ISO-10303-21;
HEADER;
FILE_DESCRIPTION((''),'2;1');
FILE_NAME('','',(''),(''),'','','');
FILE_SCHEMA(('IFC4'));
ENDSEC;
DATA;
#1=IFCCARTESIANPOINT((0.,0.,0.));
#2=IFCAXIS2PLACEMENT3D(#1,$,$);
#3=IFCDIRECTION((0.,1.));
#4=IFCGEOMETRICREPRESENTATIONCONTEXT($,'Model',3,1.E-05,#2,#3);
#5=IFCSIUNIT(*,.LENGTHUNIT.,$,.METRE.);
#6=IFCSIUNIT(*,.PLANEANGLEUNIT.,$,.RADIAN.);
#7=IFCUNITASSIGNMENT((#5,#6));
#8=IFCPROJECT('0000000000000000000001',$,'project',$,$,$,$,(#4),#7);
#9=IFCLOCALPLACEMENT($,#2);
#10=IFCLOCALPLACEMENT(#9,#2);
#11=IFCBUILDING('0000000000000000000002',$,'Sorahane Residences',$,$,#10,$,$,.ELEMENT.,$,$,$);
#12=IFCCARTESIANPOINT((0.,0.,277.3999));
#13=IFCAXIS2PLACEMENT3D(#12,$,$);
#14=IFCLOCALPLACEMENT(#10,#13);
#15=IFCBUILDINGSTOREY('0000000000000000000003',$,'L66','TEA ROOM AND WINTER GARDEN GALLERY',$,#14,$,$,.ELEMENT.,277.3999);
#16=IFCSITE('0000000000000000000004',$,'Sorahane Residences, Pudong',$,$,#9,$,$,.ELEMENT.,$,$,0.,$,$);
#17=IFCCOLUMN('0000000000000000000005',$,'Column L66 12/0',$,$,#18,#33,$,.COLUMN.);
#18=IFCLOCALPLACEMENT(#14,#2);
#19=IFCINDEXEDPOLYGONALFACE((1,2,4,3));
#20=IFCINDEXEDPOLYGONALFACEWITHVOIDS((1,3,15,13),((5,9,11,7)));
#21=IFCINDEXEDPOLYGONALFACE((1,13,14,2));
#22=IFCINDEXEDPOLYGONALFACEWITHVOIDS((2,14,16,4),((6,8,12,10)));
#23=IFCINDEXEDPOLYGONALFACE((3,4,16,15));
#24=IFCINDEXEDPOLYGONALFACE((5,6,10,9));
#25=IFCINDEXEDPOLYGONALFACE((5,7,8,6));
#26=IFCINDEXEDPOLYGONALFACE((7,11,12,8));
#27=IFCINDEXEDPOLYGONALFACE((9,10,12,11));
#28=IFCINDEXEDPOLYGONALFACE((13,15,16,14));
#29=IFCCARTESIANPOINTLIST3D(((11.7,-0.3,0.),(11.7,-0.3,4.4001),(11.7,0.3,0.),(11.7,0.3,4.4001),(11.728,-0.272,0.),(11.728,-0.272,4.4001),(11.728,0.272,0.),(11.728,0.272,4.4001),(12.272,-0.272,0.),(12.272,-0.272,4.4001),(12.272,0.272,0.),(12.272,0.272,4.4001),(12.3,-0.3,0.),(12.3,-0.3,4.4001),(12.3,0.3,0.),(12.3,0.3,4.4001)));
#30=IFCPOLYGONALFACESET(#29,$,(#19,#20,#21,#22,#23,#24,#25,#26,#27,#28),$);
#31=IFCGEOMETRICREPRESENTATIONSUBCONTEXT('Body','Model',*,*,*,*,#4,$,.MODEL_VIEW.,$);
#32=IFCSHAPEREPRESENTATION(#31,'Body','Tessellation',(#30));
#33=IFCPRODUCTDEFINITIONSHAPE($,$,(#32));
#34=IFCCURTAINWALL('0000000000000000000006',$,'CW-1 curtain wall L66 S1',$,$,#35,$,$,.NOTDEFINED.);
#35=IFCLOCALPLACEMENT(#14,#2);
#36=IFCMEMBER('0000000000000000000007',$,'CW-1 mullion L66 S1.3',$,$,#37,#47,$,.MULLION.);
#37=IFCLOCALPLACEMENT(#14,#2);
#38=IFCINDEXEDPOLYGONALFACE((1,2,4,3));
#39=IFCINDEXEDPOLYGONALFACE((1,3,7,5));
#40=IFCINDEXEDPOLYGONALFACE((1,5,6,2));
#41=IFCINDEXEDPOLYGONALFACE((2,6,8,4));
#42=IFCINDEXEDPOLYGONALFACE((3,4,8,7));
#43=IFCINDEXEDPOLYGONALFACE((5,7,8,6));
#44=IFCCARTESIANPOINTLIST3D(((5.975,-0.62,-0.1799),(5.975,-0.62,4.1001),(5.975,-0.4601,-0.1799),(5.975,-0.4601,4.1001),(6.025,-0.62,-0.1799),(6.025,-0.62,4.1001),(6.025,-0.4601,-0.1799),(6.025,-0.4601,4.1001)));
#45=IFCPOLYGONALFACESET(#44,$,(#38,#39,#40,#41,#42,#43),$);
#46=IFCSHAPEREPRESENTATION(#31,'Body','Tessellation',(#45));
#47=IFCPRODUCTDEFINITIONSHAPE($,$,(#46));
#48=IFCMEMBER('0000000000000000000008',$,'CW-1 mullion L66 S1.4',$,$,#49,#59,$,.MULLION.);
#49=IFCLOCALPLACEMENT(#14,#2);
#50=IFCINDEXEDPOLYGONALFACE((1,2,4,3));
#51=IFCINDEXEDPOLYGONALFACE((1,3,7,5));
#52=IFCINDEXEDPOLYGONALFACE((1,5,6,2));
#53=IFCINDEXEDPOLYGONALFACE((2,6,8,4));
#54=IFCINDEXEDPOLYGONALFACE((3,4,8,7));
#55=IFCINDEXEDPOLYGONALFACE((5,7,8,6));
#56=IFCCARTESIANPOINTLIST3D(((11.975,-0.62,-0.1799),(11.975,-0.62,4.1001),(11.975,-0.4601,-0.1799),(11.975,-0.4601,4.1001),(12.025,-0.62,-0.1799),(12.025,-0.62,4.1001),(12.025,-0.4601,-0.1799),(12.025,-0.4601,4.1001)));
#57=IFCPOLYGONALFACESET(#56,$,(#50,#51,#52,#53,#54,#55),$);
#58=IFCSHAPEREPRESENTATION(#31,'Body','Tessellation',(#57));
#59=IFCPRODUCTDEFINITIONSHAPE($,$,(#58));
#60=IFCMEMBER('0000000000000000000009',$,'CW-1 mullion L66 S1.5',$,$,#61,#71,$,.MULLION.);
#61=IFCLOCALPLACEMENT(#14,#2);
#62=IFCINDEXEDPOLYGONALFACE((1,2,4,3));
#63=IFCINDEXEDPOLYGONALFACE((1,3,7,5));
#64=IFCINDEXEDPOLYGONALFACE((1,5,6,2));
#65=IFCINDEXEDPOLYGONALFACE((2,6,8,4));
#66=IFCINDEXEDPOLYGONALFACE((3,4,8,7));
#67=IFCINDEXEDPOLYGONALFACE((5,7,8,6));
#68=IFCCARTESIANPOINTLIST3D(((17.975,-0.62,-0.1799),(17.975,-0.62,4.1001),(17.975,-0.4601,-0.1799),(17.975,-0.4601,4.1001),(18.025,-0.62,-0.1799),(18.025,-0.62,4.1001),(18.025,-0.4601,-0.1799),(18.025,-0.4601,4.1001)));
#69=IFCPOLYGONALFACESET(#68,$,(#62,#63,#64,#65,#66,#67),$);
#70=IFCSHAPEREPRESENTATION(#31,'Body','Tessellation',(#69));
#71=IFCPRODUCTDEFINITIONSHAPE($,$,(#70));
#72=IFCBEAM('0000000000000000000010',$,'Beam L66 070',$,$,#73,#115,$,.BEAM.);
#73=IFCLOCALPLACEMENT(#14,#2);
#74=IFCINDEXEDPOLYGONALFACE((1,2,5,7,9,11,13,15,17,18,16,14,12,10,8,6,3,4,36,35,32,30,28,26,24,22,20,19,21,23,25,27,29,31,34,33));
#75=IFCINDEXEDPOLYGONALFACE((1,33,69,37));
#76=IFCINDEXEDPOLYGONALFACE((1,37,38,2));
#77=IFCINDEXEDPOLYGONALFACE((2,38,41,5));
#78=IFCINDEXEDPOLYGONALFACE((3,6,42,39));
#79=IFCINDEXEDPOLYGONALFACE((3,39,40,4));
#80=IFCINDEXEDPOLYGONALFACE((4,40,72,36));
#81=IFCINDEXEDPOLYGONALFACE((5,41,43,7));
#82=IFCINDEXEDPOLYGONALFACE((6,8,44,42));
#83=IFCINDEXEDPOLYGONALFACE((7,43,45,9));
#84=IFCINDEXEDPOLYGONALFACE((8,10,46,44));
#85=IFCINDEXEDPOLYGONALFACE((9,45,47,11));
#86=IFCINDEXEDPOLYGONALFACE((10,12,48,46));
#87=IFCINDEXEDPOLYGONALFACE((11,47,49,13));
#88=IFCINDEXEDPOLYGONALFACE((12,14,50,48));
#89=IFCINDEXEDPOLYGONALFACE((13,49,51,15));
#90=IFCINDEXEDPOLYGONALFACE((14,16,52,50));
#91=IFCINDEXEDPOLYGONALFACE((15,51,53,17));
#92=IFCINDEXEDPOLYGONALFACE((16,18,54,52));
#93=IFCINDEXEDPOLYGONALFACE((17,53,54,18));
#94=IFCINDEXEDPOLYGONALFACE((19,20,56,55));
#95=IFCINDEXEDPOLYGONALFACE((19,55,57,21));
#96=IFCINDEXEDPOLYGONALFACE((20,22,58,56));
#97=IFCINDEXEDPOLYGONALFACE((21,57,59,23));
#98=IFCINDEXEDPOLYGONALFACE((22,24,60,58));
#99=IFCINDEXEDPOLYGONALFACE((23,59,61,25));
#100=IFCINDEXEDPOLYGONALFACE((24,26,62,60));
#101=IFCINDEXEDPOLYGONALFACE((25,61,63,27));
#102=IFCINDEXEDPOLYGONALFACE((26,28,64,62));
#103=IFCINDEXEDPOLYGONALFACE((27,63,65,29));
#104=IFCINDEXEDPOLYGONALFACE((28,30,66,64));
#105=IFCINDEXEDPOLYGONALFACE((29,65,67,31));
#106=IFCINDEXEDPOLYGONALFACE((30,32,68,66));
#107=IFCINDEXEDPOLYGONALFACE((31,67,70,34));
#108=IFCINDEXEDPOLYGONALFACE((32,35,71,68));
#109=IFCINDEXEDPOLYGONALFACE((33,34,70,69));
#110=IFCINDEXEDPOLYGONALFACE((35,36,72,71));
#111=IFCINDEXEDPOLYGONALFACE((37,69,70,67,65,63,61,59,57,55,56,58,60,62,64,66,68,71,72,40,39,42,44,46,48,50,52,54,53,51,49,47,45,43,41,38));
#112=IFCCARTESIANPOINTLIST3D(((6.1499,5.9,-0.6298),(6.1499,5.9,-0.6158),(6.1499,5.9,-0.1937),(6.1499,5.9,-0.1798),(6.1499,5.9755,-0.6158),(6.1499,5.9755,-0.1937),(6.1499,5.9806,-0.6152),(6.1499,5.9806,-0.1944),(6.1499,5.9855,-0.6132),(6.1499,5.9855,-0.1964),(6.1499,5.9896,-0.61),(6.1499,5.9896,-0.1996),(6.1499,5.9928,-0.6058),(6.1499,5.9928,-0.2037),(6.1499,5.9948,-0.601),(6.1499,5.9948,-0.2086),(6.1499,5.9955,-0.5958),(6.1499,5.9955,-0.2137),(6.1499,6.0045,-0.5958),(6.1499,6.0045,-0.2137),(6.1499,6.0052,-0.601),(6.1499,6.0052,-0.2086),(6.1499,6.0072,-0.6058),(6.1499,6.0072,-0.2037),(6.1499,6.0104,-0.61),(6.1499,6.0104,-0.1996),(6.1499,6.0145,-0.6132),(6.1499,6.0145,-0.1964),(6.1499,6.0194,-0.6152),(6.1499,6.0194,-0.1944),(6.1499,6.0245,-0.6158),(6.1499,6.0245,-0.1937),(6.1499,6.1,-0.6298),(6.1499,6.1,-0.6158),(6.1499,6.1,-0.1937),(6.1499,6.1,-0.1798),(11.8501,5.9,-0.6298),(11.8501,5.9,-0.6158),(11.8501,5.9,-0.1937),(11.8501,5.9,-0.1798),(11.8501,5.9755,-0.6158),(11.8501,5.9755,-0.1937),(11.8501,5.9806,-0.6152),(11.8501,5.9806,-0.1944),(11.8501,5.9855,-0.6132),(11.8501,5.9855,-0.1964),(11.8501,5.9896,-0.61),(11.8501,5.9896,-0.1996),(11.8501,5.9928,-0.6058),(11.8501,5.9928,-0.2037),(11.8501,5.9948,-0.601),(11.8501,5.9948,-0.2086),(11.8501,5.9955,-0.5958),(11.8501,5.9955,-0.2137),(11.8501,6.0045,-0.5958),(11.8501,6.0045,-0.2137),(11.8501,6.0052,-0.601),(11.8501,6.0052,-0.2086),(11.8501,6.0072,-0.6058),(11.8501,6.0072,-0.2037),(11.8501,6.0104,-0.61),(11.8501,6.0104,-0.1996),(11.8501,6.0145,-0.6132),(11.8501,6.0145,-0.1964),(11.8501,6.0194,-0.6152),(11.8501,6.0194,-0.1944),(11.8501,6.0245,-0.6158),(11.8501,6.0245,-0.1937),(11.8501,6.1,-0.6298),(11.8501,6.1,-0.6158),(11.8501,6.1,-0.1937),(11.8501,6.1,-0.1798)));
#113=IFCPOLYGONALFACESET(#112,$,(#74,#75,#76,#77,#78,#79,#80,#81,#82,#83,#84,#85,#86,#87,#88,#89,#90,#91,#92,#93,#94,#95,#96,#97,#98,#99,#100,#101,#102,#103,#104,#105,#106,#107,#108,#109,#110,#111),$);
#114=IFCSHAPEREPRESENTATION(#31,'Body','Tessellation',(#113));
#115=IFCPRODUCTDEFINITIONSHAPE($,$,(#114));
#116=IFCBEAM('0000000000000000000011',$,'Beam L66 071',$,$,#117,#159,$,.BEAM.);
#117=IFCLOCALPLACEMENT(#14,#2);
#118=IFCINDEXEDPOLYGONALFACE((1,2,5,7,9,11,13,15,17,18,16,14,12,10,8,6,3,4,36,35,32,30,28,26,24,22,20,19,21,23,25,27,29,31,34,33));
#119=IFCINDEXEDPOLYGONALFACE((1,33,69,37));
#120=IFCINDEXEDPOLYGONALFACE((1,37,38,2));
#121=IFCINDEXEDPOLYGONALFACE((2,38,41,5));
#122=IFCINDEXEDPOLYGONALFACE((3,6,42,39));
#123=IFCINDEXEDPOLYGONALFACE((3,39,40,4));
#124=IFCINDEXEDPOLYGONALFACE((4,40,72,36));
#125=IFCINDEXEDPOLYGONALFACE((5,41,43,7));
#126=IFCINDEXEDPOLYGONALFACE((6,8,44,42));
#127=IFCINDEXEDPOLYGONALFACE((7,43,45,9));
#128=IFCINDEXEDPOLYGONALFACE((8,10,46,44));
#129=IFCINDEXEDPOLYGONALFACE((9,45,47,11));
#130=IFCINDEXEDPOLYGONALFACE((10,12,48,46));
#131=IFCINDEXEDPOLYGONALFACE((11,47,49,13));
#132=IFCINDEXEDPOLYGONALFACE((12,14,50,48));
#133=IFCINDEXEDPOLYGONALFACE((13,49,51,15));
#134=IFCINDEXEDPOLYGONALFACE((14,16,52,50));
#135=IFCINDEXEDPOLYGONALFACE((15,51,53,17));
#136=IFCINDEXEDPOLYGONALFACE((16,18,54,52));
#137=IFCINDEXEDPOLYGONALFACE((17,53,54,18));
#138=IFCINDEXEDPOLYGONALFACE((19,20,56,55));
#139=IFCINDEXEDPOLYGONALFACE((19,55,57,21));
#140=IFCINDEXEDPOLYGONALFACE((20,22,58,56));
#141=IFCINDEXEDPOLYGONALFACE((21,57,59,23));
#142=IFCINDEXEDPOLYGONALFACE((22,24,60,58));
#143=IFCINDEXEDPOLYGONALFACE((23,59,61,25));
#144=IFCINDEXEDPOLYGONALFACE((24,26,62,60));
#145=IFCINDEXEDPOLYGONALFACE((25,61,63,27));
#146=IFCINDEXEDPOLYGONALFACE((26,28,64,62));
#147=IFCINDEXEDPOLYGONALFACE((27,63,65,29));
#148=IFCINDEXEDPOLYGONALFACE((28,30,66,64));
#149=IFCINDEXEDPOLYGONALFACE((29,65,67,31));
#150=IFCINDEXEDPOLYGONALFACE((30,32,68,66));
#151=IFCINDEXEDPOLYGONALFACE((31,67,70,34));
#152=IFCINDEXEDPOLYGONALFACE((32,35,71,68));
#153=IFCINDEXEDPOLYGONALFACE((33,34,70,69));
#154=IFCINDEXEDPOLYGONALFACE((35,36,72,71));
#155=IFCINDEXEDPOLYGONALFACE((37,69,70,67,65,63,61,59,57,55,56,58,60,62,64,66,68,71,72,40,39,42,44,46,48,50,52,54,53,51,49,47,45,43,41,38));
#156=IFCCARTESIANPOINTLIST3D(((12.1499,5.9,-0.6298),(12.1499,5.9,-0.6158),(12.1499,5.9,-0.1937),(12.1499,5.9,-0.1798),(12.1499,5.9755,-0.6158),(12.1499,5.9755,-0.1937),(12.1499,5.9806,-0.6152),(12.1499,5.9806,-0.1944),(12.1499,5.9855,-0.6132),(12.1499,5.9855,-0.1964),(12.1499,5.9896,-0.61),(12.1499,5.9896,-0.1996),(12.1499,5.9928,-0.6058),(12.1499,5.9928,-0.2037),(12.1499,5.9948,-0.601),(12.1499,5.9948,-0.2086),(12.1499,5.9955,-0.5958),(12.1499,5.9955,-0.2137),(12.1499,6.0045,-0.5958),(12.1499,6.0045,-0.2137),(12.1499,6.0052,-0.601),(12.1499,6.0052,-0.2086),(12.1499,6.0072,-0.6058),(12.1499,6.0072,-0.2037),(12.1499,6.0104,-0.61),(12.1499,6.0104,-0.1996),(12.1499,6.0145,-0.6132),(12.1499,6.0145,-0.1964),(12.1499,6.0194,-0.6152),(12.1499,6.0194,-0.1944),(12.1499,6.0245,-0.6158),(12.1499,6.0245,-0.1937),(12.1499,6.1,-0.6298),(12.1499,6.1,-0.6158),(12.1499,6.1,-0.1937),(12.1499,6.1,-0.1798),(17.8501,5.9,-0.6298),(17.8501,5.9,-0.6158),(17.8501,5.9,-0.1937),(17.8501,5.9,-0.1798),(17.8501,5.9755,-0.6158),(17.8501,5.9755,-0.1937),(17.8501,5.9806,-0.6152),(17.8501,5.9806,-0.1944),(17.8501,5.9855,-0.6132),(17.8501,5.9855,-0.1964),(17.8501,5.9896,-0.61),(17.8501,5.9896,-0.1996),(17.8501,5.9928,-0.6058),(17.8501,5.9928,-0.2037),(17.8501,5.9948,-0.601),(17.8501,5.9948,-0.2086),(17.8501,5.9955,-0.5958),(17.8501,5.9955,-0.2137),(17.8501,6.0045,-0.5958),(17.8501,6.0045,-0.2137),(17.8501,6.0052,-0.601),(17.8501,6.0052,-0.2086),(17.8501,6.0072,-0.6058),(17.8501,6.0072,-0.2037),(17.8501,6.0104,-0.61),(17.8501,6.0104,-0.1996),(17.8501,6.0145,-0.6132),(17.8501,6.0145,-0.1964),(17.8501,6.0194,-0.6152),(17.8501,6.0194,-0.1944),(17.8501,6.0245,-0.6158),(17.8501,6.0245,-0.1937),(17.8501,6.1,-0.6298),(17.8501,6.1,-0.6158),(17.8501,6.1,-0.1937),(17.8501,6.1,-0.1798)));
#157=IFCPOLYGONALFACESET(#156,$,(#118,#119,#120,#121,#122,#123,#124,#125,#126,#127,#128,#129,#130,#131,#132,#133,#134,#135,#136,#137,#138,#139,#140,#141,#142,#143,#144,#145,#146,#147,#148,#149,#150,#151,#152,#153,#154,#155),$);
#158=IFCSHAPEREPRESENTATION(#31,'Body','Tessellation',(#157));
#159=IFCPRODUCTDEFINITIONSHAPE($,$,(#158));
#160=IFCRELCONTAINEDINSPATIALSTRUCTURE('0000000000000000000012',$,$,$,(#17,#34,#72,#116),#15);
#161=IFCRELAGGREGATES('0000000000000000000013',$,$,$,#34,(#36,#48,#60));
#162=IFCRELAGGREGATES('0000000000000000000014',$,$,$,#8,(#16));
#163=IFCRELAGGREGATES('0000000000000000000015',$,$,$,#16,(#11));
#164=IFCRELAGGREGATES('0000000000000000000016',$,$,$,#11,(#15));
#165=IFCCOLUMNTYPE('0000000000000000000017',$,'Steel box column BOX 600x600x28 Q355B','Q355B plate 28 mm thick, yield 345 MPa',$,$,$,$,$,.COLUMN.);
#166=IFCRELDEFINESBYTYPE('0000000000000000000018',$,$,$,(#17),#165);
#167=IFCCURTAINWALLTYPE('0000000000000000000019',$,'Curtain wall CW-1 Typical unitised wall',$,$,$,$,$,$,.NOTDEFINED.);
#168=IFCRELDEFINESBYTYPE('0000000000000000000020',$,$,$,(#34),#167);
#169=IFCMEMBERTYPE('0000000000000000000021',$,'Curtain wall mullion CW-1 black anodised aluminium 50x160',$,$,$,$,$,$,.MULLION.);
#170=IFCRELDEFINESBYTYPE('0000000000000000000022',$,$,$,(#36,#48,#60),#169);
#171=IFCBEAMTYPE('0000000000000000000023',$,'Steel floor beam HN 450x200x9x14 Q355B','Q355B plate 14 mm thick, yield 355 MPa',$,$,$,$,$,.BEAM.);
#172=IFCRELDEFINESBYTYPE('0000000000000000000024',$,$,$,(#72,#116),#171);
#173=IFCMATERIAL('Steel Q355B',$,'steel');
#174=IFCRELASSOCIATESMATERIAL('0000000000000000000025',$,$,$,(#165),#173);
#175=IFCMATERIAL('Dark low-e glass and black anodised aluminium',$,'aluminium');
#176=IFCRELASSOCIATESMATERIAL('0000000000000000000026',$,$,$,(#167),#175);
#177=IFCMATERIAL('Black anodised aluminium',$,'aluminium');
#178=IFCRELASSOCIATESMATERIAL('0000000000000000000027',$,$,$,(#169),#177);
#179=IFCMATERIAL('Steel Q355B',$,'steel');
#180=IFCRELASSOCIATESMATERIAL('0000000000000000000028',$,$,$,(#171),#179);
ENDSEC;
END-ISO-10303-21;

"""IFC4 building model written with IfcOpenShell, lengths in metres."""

from ifc_helpers import new_model, si_unit, direction, frame, origin, origin_2d, place, context, subcontext, project, spatial, rectangle, hollow_rectangle, i_section, extrude, material, material_profile, profile_set, type_object, element, aggregate, save


model = new_model("IFC4")

# Units and contexts
model_context = context("Model", 3, precision=1e-05, world=origin(), true_north=direction((0.0, 1.0)))
body_context = subcontext(model_context, "Body", "Model", "MODEL_VIEW")
ifc_project = project(units=[si_unit("LENGTHUNIT", "METRE"), si_unit("PLANEANGLEUNIT", "RADIAN")], contexts=[model_context])

# Site, building, storey
site_placement = place(None, origin())
site = spatial("IfcSite", under=ifc_project, at=site_placement, Name="Sorahane Residences, Pudong", CompositionType="ELEMENT", RefElevation=0.0)
building_placement = place(site_placement, origin())
building = spatial("IfcBuilding", under=site, at=building_placement, Name="Sorahane Residences", CompositionType="ELEMENT")
storey_placement = place(building_placement, frame((0.0, 0.0, 277.3999)))
storey = spatial("IfcBuildingStorey", under=building, at=storey_placement, Name="L66", Description="TEA ROOM AND WINTER GARDEN GALLERY", CompositionType="ELEMENT", Elevation=277.3999)

# Column
ifc_material_1 = material(Name="Steel Q355B", Category="steel")
ifc_material_profile_1 = material_profile(ifc_material_1, hollow_rectangle(XDim=0.6001, YDim=0.6001, WallThickness=0.0281, at=origin_2d()), Name="BOX 600x600x28")
ifc_profile_set_1 = profile_set([ifc_material_profile_1], Name="Steel Q355B")
column_type = type_object("IfcColumnType", Name="Steel box column BOX 600x600x28 Q355B", Description="Q355B plate 28 mm thick, yield 345 MPa", PredefinedType="COLUMN", material=ifc_profile_set_1)
column_placement = place(storey_placement, frame((12.0, 0.0, 0.0), z_axis=(0.0, 0.0, 1.0), x_axis=(1.0, 0.0, 0.0)))
element("IfcColumn", 1, at=column_placement, inside=storey, type_object=column_type, Name="Column L66 12/0", PredefinedType="COLUMN", context=body_context, shape_type="SweptSolid", body=[
    extrude(hollow_rectangle(XDim=0.6001, YDim=0.6001, WallThickness=0.0281, at=origin_2d()), origin(), (0.0, 0.0, 1.0), 4.4001),
])

# Curtain wall, members
ifc_material_2 = material(Name="Dark low-e glass and black anodised aluminium", Category="aluminium")
curtain_wall_type = type_object("IfcCurtainWallType", Name="Curtain wall CW-1 Typical unitised wall", PredefinedType="NOTDEFINED", material=ifc_material_2)
curtain_wall_placement = place(storey_placement, origin())
curtain_wall = element("IfcCurtainWall", 2, at=curtain_wall_placement, inside=storey, type_object=curtain_wall_type, Name="CW-1 curtain wall L66 S1", PredefinedType="NOTDEFINED")
ifc_material_3 = material(Name="Black anodised aluminium", Category="aluminium")
ifc_material_profile_2 = material_profile(ifc_material_3, rectangle(XDim=0.1599, YDim=0.05, at=origin_2d()), Name="Curtain wall mullion CW-1 black anodised aluminium 50x160")
ifc_profile_set_2 = profile_set([ifc_material_profile_2], Name="Black anodised aluminium")
member_type = type_object("IfcMemberType", Name="Curtain wall mullion CW-1 black anodised aluminium 50x160", PredefinedType="MULLION", material=ifc_profile_set_2)
member_1_placement = place(storey_placement, frame((6.0, -0.54, -0.1799), z_axis=(0.0, 0.0, 1.0), x_axis=(0.0, -1.0, 0.0)))
member_1 = element("IfcMember", 3, at=member_1_placement, type_object=member_type, Name="CW-1 mullion L66 S1.3", PredefinedType="MULLION", context=body_context, shape_type="SweptSolid", body=[
    extrude(rectangle(XDim=0.1599, YDim=0.05, at=origin_2d()), origin(), (0.0, 0.0, 1.0), 4.28),
])
member_2_placement = place(storey_placement, frame((12.0, -0.54, -0.1799), z_axis=(0.0, 0.0, 1.0), x_axis=(0.0, -1.0, 0.0)))
member_2 = element("IfcMember", 4, at=member_2_placement, type_object=member_type, Name="CW-1 mullion L66 S1.4", PredefinedType="MULLION", context=body_context, shape_type="SweptSolid", body=[
    extrude(rectangle(XDim=0.1599, YDim=0.05, at=origin_2d()), origin(), (0.0, 0.0, 1.0), 4.28),
])
member_3_placement = place(storey_placement, frame((18.0, -0.54, -0.1799), z_axis=(0.0, 0.0, 1.0), x_axis=(0.0, -1.0, 0.0)))
member_3 = element("IfcMember", 5, at=member_3_placement, type_object=member_type, Name="CW-1 mullion L66 S1.5", PredefinedType="MULLION", context=body_context, shape_type="SweptSolid", body=[
    extrude(rectangle(XDim=0.1599, YDim=0.05, at=origin_2d()), origin(), (0.0, 0.0, 1.0), 4.28),
])

# Beams
ifc_material_4 = material(Name="Steel Q355B", Category="steel")
ifc_material_profile_3 = material_profile(ifc_material_4, i_section(OverallWidth=0.2, OverallDepth=0.45, WebThickness=0.009, FlangeThickness=0.0139, FilletRadius=0.02, at=origin_2d()), Name="HN 450x200x9x14")
ifc_profile_set_3 = profile_set([ifc_material_profile_3], Name="Steel Q355B")
beam_type_1 = type_object("IfcBeamType", Name="Steel floor beam HN 450x200x9x14 Q355B", Description="Q355B plate 14 mm thick, yield 355 MPa", PredefinedType="BEAM", material=ifc_profile_set_3)
for number, where, z_axis, x_axis, name in (
    (6, (6.1499, 6.0, -0.4048), (1.0, 0.0, 0.0), (0.0, 1.0, 0.0), "Beam L66 070"),
    (7, (12.1499, 6.0, -0.4048), (1.0, 0.0, 0.0), (0.0, 1.0, 0.0), "Beam L66 071"),
):
    element("IfcBeam", number, at=place(storey_placement, frame(where, z_axis=z_axis, x_axis=x_axis)), inside=storey, type_object=beam_type_1, Name=name, PredefinedType="BEAM", context=body_context, shape_type="SweptSolid", body=[
        extrude(i_section(OverallWidth=0.2, OverallDepth=0.45, WebThickness=0.009, FlangeThickness=0.0139, FilletRadius=0.02, at=origin_2d()), origin(), (0.0, 0.0, 1.0), 5.7002),
    ])

aggregate(curtain_wall, [member_1, member_2, member_3])

save(model, "model.ifc")
